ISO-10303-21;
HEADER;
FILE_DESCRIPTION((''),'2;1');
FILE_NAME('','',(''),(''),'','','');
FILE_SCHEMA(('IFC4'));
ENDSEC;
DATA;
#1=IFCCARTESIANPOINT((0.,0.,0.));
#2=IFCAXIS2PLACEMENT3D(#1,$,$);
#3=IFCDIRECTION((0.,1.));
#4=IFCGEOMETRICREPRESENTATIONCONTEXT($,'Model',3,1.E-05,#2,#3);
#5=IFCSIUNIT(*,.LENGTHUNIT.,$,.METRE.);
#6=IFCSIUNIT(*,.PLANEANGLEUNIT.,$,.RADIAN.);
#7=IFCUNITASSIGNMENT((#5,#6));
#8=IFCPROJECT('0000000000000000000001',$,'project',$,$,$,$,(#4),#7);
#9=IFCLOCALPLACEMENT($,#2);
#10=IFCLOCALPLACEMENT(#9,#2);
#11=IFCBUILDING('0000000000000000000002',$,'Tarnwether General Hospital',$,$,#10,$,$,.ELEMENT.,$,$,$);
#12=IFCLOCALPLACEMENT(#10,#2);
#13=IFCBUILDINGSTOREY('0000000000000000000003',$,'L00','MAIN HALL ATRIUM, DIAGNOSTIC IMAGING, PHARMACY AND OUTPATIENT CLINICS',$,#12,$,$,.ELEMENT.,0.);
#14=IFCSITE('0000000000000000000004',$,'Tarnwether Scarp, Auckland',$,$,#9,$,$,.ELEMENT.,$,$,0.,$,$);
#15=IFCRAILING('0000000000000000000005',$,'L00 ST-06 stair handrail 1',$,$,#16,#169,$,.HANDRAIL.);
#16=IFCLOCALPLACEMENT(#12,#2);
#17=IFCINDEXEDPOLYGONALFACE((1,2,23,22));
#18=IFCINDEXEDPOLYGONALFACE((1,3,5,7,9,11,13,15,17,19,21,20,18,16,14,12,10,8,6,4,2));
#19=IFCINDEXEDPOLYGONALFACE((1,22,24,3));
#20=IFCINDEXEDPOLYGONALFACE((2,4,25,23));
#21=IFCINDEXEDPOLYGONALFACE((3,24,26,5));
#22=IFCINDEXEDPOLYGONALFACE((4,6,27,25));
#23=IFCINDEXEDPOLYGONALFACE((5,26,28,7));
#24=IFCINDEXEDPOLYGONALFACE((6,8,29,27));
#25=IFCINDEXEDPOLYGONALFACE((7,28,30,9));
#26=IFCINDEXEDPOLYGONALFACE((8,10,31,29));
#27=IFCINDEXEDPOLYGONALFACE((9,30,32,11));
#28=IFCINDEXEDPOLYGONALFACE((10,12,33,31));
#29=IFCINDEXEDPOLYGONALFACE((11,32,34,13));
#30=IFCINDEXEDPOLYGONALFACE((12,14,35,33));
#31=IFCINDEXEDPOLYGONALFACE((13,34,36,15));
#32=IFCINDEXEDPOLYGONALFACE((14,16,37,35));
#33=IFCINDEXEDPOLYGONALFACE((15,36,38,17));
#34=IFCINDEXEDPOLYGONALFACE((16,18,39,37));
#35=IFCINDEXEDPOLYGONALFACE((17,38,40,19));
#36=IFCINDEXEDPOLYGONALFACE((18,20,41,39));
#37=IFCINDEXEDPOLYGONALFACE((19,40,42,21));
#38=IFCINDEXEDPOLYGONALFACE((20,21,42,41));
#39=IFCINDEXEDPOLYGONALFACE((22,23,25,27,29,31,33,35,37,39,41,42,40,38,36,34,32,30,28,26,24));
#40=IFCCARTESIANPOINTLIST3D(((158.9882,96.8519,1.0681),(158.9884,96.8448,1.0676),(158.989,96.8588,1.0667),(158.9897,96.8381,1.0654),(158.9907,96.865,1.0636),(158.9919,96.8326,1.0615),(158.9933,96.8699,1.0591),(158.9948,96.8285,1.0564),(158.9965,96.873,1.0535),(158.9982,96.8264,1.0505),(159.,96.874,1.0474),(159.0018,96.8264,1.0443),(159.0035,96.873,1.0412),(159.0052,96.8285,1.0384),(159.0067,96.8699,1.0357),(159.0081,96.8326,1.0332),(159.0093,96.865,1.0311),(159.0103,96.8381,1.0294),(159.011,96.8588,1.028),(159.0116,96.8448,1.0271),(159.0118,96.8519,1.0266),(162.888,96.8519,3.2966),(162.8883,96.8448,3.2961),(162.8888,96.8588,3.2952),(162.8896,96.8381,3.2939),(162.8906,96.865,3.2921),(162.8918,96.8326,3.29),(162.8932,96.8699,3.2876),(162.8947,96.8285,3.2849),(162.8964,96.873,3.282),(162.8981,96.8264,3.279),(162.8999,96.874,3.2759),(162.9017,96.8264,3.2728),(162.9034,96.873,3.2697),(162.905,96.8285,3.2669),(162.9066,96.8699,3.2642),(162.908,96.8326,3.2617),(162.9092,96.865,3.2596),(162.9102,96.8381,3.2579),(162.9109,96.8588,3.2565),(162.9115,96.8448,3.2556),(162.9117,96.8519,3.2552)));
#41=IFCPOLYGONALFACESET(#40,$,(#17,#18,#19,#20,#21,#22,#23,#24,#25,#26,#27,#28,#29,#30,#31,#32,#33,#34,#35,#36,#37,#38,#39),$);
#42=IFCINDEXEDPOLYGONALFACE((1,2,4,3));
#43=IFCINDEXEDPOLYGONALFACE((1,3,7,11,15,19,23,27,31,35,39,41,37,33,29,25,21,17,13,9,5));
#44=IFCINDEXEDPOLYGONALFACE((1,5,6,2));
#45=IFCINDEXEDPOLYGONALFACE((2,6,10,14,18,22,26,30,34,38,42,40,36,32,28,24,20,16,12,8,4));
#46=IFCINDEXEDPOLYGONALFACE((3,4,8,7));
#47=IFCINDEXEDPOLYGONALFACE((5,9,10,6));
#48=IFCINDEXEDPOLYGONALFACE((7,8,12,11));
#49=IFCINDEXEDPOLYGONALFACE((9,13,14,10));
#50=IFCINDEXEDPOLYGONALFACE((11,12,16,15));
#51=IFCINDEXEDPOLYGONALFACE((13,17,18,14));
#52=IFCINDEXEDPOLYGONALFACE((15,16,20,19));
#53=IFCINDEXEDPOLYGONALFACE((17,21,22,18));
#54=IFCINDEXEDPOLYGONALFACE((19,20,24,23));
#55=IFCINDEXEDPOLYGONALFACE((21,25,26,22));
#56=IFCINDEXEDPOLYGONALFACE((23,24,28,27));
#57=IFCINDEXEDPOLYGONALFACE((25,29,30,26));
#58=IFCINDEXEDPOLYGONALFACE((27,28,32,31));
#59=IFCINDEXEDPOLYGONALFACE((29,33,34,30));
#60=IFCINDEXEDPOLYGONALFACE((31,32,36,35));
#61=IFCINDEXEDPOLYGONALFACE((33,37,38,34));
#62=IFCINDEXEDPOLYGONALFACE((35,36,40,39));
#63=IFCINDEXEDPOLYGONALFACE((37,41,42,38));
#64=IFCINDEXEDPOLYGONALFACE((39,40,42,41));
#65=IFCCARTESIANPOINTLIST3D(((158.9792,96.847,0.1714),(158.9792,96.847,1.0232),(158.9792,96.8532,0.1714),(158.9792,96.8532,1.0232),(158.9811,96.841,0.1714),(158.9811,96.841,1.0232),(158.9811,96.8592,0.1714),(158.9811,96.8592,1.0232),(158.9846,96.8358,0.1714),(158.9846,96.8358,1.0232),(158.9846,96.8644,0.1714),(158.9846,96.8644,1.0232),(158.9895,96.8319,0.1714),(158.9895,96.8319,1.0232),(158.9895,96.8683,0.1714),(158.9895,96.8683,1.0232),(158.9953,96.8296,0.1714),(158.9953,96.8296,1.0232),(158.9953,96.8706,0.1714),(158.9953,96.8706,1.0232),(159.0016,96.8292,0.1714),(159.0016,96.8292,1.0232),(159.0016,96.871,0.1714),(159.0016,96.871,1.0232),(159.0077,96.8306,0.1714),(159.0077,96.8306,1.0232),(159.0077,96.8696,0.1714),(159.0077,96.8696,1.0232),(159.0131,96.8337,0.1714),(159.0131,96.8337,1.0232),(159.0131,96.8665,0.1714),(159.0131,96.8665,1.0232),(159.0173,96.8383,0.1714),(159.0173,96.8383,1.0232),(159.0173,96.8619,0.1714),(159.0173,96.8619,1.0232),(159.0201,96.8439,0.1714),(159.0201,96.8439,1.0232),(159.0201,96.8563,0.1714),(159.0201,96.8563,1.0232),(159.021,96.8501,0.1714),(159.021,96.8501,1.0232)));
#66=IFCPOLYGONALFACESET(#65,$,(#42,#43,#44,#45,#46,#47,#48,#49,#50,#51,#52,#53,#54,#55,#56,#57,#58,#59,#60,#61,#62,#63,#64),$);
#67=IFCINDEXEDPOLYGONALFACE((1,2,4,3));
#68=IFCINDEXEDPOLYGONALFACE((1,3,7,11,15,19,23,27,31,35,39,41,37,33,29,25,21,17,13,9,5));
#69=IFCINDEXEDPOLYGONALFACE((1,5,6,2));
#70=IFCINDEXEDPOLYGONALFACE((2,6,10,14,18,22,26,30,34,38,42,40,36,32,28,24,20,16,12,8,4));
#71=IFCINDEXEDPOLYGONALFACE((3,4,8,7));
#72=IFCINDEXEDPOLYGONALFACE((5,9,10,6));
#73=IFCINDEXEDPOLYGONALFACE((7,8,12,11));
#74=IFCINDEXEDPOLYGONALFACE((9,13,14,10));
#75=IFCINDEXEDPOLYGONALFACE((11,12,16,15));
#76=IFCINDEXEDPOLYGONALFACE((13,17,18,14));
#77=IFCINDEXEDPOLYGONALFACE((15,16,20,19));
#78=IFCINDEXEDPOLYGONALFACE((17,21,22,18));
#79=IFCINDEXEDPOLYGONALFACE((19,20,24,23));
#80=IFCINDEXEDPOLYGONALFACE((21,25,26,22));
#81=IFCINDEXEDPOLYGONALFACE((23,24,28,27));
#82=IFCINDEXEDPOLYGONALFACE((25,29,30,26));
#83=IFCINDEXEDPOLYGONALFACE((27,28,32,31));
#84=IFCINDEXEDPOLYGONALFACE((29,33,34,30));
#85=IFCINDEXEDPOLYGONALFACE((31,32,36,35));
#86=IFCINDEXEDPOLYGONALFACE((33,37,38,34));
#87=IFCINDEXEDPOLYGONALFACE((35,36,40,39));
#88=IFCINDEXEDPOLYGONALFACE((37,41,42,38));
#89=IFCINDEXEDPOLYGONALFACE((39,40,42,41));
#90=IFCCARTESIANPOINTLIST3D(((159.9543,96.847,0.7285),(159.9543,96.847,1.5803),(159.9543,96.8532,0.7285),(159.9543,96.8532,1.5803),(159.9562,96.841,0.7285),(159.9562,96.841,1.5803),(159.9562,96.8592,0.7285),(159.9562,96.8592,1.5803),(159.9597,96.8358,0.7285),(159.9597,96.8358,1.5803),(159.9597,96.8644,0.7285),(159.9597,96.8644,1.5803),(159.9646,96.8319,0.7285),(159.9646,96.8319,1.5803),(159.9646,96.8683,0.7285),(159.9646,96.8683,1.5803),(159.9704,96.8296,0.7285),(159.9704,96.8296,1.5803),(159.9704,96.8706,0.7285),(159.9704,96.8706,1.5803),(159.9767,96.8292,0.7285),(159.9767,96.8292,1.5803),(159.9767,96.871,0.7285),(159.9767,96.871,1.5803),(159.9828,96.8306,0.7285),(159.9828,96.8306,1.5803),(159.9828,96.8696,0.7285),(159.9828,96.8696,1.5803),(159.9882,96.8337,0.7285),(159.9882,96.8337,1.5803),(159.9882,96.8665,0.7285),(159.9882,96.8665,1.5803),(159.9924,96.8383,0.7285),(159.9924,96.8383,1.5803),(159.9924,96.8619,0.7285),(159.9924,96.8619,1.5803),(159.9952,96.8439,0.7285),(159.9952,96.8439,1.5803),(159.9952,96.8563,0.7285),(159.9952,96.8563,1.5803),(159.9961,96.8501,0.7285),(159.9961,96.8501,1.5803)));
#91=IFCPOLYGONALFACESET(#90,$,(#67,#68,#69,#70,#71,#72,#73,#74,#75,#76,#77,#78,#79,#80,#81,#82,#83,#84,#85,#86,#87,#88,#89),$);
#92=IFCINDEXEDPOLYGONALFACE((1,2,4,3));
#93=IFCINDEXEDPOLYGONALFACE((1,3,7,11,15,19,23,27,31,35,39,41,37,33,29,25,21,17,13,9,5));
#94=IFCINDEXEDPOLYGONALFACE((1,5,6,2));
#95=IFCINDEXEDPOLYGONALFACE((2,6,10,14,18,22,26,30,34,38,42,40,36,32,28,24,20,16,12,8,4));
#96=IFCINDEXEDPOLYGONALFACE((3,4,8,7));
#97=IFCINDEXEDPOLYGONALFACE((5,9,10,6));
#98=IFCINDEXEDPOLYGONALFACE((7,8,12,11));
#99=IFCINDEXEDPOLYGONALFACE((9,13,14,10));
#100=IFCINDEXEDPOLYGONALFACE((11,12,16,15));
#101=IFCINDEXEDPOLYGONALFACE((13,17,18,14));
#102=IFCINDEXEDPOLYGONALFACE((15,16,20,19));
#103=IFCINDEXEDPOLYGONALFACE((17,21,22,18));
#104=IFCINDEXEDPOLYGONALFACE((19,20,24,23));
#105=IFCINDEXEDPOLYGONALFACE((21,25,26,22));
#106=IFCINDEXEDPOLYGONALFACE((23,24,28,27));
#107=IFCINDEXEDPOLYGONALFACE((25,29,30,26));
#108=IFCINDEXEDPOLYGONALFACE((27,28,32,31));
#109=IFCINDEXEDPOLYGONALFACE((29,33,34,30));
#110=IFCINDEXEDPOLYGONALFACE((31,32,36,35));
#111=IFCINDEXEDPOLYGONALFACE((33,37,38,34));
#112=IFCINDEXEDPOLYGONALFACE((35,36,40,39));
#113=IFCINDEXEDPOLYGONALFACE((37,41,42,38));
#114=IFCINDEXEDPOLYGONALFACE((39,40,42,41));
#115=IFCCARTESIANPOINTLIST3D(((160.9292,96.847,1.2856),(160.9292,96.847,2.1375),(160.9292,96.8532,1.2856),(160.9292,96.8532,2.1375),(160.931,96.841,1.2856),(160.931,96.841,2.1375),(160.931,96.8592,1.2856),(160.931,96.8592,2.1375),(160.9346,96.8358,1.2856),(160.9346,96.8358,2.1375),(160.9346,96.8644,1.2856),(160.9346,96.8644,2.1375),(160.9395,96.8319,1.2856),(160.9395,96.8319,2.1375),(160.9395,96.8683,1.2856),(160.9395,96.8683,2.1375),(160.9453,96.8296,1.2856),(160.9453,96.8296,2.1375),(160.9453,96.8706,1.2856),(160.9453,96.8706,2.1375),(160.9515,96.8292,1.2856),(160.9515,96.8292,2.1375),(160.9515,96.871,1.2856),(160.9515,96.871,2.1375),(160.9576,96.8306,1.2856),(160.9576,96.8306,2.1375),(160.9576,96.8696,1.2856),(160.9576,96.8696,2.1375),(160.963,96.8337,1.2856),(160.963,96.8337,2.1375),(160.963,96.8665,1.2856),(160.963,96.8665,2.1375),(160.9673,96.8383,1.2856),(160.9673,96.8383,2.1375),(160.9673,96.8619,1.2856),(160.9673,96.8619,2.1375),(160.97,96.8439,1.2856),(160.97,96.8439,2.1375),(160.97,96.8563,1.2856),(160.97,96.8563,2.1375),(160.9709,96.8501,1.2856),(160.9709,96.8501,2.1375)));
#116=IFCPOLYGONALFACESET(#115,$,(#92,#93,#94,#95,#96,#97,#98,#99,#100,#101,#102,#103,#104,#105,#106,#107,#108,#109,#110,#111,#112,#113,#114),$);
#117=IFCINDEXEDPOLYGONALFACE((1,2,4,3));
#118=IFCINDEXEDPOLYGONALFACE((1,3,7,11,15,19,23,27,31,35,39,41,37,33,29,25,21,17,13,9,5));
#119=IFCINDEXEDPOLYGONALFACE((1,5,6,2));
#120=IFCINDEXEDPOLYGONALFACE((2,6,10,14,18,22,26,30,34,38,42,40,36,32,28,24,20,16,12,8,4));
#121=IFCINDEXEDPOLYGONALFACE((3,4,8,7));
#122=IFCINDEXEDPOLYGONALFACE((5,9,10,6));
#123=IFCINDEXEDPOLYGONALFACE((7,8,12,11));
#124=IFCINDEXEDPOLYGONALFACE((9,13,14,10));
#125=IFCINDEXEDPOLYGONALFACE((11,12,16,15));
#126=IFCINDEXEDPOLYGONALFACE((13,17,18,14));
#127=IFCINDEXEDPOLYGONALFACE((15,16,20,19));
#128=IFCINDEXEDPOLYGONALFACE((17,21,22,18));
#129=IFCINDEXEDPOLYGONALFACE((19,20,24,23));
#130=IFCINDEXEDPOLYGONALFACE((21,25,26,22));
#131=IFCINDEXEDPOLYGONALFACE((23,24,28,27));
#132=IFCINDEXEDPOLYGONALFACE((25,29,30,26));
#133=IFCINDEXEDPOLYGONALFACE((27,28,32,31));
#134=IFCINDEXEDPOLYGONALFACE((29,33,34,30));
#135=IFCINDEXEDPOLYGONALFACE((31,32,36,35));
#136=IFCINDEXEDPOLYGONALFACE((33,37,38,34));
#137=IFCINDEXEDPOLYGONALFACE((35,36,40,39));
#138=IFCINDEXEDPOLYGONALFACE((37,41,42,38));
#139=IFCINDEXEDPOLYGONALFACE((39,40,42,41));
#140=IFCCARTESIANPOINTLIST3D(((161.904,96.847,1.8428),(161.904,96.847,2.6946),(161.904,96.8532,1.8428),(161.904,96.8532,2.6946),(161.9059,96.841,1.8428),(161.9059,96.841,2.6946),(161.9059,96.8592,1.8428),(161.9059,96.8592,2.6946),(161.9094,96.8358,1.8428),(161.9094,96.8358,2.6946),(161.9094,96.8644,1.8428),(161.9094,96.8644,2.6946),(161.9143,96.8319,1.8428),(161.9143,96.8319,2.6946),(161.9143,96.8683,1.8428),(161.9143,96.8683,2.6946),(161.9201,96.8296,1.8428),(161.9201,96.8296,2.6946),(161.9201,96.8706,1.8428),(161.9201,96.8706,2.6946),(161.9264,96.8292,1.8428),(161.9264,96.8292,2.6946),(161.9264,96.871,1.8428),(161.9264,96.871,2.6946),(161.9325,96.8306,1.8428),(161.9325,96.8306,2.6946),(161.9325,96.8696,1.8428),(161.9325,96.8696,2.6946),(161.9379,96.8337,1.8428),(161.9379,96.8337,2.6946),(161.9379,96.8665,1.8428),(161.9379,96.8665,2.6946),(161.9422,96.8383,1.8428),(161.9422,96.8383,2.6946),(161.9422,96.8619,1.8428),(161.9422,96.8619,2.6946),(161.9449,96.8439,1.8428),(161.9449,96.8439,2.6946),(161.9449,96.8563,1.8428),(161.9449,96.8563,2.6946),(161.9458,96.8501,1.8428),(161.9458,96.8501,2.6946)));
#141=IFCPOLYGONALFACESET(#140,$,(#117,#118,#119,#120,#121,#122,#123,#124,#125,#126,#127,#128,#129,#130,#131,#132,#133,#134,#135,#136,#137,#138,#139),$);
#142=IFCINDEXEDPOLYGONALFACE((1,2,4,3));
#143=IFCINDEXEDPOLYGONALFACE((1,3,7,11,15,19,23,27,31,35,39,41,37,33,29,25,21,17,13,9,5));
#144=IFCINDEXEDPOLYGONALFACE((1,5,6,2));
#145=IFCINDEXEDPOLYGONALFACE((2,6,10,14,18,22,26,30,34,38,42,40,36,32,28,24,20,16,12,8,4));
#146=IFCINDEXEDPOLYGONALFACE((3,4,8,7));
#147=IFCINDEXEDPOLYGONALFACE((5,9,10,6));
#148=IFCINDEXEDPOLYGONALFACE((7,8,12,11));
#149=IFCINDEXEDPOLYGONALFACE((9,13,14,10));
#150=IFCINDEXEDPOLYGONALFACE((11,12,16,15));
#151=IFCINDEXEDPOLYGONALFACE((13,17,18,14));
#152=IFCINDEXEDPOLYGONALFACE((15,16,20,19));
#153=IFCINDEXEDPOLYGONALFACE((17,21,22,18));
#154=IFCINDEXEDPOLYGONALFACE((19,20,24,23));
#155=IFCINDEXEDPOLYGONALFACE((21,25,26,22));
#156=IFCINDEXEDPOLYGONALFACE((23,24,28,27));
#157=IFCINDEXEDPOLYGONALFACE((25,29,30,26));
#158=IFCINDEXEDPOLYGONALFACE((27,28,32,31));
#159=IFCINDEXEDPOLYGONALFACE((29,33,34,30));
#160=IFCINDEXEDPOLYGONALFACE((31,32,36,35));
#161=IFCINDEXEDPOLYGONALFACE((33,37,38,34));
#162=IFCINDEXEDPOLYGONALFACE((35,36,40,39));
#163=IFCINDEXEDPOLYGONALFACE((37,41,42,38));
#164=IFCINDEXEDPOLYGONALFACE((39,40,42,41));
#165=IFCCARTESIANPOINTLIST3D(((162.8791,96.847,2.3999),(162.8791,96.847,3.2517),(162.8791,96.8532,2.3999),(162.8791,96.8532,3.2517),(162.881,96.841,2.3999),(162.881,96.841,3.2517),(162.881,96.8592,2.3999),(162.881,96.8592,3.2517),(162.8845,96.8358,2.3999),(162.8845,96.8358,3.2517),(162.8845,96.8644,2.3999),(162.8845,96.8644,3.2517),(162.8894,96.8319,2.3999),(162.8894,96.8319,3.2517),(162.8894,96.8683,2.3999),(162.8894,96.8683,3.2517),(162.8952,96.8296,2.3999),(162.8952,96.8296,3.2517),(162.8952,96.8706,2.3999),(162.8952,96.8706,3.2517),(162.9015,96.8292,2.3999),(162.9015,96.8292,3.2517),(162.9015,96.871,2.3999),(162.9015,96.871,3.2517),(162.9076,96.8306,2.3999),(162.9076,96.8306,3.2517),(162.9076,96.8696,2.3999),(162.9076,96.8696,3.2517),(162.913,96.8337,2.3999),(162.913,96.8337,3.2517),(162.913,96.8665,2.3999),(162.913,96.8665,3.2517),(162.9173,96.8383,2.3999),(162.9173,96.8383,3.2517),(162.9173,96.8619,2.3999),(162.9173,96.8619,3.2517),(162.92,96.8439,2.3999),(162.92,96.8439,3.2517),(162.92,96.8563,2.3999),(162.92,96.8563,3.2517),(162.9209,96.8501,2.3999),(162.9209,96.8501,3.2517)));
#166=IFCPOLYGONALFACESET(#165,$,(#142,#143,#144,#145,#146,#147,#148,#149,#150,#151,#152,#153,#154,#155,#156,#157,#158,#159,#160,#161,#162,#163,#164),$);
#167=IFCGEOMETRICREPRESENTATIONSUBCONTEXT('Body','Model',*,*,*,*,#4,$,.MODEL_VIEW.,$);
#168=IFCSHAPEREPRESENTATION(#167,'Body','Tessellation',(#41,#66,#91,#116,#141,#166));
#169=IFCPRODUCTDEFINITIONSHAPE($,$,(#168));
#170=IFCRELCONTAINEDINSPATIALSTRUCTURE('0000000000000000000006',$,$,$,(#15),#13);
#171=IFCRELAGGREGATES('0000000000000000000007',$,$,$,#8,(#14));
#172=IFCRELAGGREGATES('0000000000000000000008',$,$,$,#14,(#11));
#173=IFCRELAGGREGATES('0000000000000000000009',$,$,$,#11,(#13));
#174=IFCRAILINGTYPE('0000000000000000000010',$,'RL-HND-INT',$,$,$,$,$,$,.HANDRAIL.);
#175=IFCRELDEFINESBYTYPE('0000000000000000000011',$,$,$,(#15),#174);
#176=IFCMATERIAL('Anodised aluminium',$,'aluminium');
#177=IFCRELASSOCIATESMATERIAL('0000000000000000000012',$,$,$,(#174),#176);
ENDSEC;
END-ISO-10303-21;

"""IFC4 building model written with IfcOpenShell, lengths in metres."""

from ifc_helpers import new_model, si_unit, direction, frame, origin, origin_2d, place, context, subcontext, project, spatial, circle, extrude, material, type_object, element, save


model = new_model("IFC4")

# Units and contexts
model_context = context("Model", 3, precision=1e-05, world=origin(), true_north=direction((0.0, 1.0)))
body_context = subcontext(model_context, "Body", "Model", "MODEL_VIEW")
ifc_project = project(units=[si_unit("LENGTHUNIT", "METRE"), si_unit("PLANEANGLEUNIT", "RADIAN")], contexts=[model_context])

# Site, building, storey
site_placement = place(None, origin())
site = spatial("IfcSite", under=ifc_project, at=site_placement, Name="Tarnwether Scarp, Auckland", CompositionType="ELEMENT", RefElevation=0.0)
building_placement = place(site_placement, origin())
building = spatial("IfcBuilding", under=site, at=building_placement, Name="Tarnwether General Hospital", CompositionType="ELEMENT")
storey_placement = place(building_placement, origin())
storey = spatial("IfcBuildingStorey", under=building, at=storey_placement, Name="L00", Description="MAIN HALL ATRIUM, DIAGNOSTIC IMAGING, PHARMACY AND OUTPATIENT CLINICS", CompositionType="ELEMENT", Elevation=0.0)

# Railing
ifc_material_1 = material(Name="Anodised aluminium", Category="aluminium")
railing_type_1 = type_object("IfcRailingType", Name="RL-HND-INT", PredefinedType="HANDRAIL", material=ifc_material_1)
railing_1_placement = place(storey_placement, frame((159.0, 96.8501, 0.1714)))
element("IfcRailing", 1, at=railing_1_placement, inside=storey, type_object=railing_type_1, Name="L00 ST-06 stair handrail 1", PredefinedType="HANDRAIL", context=body_context, shape_type="SweptSolid", body=[
    extrude(circle(Radius=0.0239, at=origin_2d()), frame((0.0, 0.0, 0.876), z_axis=(0.868243, 0.0, 0.496139), x_axis=(0.0, 1.0, 0.0)), (0.0, 0.0, 1.0), 4.4917),
    extrude(circle(Radius=0.021, at=origin_2d()), origin(), (0.0, 0.0, 1.0), 0.8518),
    extrude(circle(Radius=0.021, at=origin_2d()), frame((0.9751, 0.0, 0.5571)), (0.0, 0.0, 1.0), 0.8518),
    extrude(circle(Radius=0.021, at=origin_2d()), frame((1.95, 0.0, 1.1143)), (0.0, 0.0, 1.0), 0.8518),
    extrude(circle(Radius=0.021, at=origin_2d()), frame((2.9248, 0.0, 1.6714)), (0.0, 0.0, 1.0), 0.8518),
    extrude(circle(Radius=0.021, at=origin_2d()), frame((3.8999, 0.0, 2.2285)), (0.0, 0.0, 1.0), 0.8518),
])

save(model, "model.ifc")
